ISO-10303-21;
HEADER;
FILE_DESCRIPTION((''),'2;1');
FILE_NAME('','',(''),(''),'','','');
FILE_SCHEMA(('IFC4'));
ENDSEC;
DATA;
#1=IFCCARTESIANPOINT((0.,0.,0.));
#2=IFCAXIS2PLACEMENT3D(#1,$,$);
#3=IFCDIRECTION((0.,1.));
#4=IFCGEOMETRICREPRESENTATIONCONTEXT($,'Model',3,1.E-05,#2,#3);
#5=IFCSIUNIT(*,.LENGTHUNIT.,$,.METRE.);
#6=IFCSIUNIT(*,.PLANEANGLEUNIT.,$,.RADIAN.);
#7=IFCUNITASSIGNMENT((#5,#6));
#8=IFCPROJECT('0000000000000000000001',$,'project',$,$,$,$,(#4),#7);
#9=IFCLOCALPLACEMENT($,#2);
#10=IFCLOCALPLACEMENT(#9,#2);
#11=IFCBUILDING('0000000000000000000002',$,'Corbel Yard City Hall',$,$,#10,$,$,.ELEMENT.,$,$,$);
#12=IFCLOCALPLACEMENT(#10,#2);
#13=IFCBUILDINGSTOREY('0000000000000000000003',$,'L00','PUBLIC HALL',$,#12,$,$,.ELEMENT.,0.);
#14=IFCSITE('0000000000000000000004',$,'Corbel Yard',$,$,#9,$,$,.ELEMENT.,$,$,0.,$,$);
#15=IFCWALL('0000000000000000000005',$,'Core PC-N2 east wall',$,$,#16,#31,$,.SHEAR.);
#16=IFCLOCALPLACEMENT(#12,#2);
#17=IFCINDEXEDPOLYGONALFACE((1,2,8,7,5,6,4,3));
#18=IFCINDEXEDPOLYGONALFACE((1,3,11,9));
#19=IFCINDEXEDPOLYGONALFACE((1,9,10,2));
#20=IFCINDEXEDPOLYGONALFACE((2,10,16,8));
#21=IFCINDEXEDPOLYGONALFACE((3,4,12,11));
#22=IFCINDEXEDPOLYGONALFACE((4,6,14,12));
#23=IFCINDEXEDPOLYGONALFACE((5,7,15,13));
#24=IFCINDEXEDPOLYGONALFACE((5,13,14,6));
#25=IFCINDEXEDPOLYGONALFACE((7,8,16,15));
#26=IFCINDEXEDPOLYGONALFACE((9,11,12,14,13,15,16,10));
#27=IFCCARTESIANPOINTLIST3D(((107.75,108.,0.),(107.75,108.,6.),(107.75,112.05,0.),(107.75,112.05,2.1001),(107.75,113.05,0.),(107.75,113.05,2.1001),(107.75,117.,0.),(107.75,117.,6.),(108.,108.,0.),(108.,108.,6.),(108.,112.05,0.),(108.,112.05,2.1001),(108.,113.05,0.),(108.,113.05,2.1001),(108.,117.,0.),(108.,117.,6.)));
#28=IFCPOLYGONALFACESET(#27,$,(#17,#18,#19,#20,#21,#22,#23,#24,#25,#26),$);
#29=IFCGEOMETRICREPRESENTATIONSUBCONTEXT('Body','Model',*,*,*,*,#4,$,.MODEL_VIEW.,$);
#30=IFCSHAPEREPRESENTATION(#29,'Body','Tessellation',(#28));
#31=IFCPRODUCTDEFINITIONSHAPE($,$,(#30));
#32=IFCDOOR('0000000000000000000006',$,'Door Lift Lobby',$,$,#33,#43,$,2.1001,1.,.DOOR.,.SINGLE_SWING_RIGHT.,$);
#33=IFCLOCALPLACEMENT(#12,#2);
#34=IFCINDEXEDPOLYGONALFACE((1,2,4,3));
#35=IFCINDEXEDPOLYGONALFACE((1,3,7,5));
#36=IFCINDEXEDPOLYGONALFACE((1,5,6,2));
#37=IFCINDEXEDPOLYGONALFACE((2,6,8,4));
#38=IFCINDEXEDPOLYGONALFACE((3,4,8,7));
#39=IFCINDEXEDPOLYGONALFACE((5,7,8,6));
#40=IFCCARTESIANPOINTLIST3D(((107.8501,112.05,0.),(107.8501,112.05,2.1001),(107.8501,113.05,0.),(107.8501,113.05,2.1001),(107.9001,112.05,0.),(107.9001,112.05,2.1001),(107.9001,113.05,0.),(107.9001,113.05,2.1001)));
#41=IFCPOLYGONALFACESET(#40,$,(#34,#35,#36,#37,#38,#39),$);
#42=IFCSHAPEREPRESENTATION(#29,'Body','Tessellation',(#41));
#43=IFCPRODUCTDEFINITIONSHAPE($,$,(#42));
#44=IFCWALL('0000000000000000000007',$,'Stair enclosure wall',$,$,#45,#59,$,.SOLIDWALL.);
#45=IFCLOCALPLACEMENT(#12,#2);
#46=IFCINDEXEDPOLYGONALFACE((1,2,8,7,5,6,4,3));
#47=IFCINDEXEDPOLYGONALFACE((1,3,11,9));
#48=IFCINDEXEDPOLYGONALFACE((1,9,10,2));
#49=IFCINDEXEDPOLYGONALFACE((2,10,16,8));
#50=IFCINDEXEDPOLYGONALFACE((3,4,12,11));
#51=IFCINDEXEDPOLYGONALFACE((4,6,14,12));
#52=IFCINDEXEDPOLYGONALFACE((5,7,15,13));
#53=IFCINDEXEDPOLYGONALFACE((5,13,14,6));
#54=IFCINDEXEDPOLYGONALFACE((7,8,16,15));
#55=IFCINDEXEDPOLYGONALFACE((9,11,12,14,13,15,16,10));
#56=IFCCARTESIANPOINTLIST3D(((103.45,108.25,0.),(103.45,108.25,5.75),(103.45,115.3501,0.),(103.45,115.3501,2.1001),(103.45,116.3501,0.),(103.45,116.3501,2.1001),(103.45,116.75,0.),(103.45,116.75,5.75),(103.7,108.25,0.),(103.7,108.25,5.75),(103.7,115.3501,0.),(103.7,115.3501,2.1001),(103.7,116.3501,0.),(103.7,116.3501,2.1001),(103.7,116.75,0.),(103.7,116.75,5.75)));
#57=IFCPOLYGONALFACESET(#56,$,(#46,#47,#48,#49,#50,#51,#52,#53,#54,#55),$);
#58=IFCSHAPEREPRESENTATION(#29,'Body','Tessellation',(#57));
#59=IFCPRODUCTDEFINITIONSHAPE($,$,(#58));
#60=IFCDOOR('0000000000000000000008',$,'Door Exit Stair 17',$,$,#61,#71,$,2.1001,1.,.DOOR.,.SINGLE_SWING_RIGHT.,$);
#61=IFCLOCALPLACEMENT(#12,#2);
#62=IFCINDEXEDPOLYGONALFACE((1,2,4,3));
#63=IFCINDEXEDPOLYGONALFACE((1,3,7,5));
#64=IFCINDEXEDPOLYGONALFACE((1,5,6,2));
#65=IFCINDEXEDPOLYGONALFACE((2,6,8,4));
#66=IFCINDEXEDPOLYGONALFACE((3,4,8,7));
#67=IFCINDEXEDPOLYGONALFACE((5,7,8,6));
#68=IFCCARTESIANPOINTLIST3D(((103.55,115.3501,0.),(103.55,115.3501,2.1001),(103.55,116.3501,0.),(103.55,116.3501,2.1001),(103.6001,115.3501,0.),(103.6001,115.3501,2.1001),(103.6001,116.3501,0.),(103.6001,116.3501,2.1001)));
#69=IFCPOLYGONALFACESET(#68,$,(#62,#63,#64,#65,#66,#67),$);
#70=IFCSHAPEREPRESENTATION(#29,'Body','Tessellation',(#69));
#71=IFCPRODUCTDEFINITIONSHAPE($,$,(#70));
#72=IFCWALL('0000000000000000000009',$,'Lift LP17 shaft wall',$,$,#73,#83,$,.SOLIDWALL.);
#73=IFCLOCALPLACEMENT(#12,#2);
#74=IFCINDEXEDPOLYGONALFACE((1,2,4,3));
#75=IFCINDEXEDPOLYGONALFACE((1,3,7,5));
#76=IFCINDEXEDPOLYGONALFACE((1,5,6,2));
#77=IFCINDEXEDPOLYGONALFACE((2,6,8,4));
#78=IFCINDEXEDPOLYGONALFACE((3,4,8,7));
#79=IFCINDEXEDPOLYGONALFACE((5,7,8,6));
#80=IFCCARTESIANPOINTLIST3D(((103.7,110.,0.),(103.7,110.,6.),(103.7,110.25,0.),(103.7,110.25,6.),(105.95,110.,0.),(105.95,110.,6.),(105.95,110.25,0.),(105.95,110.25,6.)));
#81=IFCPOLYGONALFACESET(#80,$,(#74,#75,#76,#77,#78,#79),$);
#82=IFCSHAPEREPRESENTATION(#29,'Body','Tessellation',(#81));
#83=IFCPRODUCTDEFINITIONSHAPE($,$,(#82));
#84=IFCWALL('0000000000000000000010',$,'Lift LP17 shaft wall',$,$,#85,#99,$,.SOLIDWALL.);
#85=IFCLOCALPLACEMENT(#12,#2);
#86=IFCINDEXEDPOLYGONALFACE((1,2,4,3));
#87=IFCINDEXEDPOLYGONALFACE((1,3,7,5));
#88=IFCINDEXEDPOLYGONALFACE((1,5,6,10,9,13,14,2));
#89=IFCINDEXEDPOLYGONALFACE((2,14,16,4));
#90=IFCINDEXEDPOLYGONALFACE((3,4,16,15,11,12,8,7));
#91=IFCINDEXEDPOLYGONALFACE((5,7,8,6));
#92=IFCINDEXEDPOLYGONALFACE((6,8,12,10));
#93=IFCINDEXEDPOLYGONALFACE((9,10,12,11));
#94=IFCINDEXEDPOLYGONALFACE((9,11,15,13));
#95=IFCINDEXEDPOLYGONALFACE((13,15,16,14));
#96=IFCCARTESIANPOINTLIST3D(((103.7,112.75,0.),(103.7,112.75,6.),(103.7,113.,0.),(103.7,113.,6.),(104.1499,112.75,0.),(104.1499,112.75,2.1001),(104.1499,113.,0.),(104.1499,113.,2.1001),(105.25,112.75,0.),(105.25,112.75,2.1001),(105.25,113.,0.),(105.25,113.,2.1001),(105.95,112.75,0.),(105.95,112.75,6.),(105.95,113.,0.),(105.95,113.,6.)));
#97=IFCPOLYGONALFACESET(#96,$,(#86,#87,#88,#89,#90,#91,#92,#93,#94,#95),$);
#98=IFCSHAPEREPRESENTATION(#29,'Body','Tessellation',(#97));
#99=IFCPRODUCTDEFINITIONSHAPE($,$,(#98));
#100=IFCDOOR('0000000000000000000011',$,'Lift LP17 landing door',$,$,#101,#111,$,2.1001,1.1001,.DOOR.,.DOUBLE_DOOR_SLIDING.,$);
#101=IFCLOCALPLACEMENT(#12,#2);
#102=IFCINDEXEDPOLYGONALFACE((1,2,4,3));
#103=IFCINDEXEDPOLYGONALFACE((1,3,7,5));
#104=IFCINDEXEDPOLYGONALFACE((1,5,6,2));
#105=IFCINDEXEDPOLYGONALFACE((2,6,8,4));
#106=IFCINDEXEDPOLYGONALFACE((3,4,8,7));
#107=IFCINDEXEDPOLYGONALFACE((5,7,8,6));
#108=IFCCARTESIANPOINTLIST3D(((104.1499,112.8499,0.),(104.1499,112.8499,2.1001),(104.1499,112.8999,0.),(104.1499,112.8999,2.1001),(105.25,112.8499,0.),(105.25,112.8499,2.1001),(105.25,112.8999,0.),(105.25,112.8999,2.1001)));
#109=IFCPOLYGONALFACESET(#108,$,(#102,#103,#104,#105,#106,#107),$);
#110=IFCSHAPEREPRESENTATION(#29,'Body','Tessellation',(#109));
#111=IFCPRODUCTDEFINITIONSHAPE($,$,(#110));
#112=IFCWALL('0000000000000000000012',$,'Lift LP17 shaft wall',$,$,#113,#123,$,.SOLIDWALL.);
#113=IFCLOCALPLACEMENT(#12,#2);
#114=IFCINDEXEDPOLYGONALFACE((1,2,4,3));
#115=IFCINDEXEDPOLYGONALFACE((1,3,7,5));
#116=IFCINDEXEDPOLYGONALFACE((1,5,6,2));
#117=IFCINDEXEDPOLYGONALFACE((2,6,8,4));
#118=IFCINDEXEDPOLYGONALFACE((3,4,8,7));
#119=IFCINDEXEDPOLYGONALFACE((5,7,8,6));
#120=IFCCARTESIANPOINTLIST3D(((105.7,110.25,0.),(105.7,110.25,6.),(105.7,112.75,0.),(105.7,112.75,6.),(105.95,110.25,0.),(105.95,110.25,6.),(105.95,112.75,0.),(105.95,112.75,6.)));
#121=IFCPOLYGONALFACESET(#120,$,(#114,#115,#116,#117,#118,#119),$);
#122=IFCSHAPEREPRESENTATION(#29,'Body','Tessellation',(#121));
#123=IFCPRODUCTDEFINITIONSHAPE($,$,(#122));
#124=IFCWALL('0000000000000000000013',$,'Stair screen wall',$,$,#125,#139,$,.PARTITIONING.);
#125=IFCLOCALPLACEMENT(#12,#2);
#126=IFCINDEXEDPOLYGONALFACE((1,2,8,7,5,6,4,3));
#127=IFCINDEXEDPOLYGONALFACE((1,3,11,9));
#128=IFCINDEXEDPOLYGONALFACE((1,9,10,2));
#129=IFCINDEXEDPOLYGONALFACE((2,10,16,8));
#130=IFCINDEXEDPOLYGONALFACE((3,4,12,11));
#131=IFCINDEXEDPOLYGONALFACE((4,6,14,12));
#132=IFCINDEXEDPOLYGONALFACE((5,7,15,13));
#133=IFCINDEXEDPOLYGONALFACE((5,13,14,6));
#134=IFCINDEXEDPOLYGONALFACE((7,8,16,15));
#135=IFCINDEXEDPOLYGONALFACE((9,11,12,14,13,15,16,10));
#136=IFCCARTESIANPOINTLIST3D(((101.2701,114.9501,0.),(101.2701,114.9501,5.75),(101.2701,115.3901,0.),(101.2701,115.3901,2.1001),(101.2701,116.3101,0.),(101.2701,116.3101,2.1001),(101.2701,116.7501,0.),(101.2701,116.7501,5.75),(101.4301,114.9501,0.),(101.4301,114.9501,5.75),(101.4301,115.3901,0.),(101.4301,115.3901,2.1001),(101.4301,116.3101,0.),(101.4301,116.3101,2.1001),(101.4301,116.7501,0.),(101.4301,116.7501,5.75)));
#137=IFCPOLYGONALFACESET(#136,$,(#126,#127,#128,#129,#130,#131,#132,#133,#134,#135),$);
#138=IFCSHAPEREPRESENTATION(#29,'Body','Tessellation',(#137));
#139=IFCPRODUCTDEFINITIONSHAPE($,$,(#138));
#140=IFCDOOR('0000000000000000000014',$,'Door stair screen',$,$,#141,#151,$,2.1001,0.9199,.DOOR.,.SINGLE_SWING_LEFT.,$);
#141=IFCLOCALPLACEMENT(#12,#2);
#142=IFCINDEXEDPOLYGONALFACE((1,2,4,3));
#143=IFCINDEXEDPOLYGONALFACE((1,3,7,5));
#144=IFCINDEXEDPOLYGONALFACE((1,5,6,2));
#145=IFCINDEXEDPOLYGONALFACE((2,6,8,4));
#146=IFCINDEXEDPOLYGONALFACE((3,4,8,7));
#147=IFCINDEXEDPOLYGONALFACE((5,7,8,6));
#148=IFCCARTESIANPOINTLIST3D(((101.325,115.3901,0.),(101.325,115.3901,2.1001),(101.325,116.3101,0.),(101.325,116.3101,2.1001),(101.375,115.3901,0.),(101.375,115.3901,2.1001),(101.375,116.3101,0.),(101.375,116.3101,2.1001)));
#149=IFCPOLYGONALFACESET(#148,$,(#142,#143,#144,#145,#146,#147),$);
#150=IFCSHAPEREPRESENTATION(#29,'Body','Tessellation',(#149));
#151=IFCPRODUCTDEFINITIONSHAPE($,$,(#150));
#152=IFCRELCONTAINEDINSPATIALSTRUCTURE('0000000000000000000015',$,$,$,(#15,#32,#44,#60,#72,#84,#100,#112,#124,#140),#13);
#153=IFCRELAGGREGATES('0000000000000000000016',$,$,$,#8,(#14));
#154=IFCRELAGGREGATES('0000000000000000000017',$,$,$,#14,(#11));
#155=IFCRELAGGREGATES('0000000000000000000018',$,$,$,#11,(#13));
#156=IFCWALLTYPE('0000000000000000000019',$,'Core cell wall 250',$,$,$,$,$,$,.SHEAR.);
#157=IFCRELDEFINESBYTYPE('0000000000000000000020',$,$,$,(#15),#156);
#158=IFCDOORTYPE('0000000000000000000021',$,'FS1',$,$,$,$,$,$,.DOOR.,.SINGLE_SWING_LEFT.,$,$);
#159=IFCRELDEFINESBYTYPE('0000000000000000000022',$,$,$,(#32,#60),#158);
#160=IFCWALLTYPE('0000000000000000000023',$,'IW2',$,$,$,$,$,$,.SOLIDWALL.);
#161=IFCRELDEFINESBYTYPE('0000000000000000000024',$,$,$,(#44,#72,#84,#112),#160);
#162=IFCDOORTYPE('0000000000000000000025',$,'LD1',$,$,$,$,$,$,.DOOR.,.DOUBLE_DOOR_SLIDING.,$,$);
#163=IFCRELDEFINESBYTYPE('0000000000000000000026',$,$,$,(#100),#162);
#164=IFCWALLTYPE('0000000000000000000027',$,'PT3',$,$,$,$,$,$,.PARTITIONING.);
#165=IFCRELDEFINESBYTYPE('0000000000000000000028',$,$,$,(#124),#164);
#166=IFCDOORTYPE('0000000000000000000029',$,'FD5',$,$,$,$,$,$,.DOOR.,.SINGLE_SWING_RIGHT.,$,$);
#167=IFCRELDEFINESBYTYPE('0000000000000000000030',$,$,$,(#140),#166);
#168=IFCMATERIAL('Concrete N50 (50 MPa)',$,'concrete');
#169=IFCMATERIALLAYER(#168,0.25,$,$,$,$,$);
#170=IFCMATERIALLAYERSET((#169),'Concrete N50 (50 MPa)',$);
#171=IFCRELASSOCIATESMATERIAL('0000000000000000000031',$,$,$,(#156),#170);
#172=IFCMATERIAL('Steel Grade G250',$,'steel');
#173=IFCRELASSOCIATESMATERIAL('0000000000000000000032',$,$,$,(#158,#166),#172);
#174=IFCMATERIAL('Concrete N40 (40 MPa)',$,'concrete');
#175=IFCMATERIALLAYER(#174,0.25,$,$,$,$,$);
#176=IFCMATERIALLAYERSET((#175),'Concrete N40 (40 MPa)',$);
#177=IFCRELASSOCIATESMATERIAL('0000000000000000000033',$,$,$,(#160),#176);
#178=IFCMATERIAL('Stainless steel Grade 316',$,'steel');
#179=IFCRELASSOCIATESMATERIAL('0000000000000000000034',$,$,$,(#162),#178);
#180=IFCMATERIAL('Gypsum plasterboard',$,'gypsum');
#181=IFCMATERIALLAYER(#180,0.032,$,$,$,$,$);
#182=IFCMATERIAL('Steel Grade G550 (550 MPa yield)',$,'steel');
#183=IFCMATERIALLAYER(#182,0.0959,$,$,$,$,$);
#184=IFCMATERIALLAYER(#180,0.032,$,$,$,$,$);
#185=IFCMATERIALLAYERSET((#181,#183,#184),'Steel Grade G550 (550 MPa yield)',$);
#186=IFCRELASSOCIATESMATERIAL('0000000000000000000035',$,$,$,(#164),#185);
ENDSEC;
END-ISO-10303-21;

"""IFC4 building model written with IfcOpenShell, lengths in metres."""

from ifc_helpers import new_model, si_unit, direction, frame, frame_2d, origin, place, context, subcontext, project, spatial, rectangle, extrude, material, layer, layer_set, type_object, element, fill, save


model = new_model("IFC4")

# Units and contexts
model_context = context("Model", 3, precision=1e-05, world=origin(), true_north=direction((0.0, 1.0)))
body_context = subcontext(model_context, "Body", "Model", "MODEL_VIEW")
ifc_project = project(units=[si_unit("LENGTHUNIT", "METRE"), si_unit("PLANEANGLEUNIT", "RADIAN")], contexts=[model_context])

# Site, building, storey
site_placement = place(None, origin())
site = spatial("IfcSite", under=ifc_project, at=site_placement, Name="Corbel Yard", CompositionType="ELEMENT", RefElevation=0.0)
building_placement = place(site_placement, origin())
building = spatial("IfcBuilding", under=site, at=building_placement, Name="Corbel Yard City Hall", CompositionType="ELEMENT")
storey_placement = place(building_placement, origin())
storey = spatial("IfcBuildingStorey", under=building, at=storey_placement, Name="L00", Description="PUBLIC HALL", CompositionType="ELEMENT", Elevation=0.0)

# Walls, openings, doors
ifc_material_1 = material(Name="Concrete N50 (50 MPa)", Category="concrete")
ifc_layer_1 = layer(ifc_material_1, 0.25)
ifc_layer_set_1 = layer_set([ifc_layer_1], Name="Concrete N50 (50 MPa)")
wall_type_1 = type_object("IfcWallType", Name="Core cell wall 250", PredefinedType="SHEAR", material=ifc_layer_set_1)
wall_1_placement = place(storey_placement, frame((107.875, 108.0, 0.0), z_axis=(0.0, 0.0, 1.0), x_axis=(0.0, 1.0, 0.0)))
wall_1 = element("IfcWall", 1, at=wall_1_placement, inside=storey, type_object=wall_type_1, Name="Core PC-N2 east wall", PredefinedType="SHEAR", context=body_context, shape_type="SweptSolid", body=[
    extrude(rectangle(XDim=9.0, YDim=0.25, at=frame_2d((4.5, 0.0))), origin(), (0.0, 0.0, 1.0), 6.0),
])
opening_1_placement = place(wall_1_placement, frame((4.05, 0.0, 0.0)))
opening_1 = element("IfcOpeningElement", 2, at=opening_1_placement, cuts=wall_1, PredefinedType="OPENING", context=body_context, shape_type="SweptSolid", body=[
    extrude(rectangle(XDim=1.0, YDim=2.1001, at=frame_2d((0.5, 1.05))), frame((0.0, 0.135, 0.0), z_axis=(0.0, -1.0, 0.0), x_axis=(1.0, 0.0, 0.0)), (0.0, 0.0, 1.0), 0.27),
])
ifc_material_2 = material(Name="Steel Grade G250", Category="steel")
door_type_1 = type_object("IfcDoorType", Name="FS1", OperationType="SINGLE_SWING_LEFT", PredefinedType="DOOR", material=ifc_material_2)
door_1_placement = place(opening_1_placement, origin())
door_1 = element("IfcDoor", 3, at=door_1_placement, inside=storey, type_object=door_type_1, Name="Door Lift Lobby", OperationType="SINGLE_SWING_RIGHT", OverallHeight=2.1001, OverallWidth=1.0, PredefinedType="DOOR", context=body_context, shape_type="SweptSolid", body=[
    extrude(rectangle(XDim=1.0, YDim=2.1001, at=frame_2d((0.5, 1.05))), frame((0.0, 0.0249, 0.0), z_axis=(0.0, -1.0, 0.0), x_axis=(1.0, 0.0, 0.0)), (0.0, 0.0, 1.0), 0.05),
])
fill(opening_1, door_1)
ifc_material_3 = material(Name="Concrete N40 (40 MPa)", Category="concrete")
ifc_layer_2 = layer(ifc_material_3, 0.25)
ifc_layer_set_2 = layer_set([ifc_layer_2], Name="Concrete N40 (40 MPa)")
wall_type_2 = type_object("IfcWallType", Name="IW2", PredefinedType="SOLIDWALL", material=ifc_layer_set_2)
wall_2_placement = place(storey_placement, frame((103.575, 116.75, 0.0), z_axis=(0.0, 0.0, 1.0), x_axis=(0.0, -1.0, 0.0)))
wall_2 = element("IfcWall", 4, at=wall_2_placement, inside=storey, type_object=wall_type_2, Name="Stair enclosure wall", PredefinedType="SOLIDWALL", context=body_context, shape_type="SweptSolid", body=[
    extrude(rectangle(XDim=8.5, YDim=0.25, at=frame_2d((4.25, 0.0))), origin(), (0.0, 0.0, 1.0), 5.75),
])
opening_2_placement = place(wall_2_placement, frame((0.3999, 0.0, 0.0)))
opening_2 = element("IfcOpeningElement", 5, at=opening_2_placement, cuts=wall_2, PredefinedType="OPENING", context=body_context, shape_type="SweptSolid", body=[
    extrude(rectangle(XDim=1.0, YDim=2.1001, at=frame_2d((0.5, 1.05))), frame((0.0, 0.135, 0.0), z_axis=(0.0, -1.0, 0.0), x_axis=(1.0, 0.0, 0.0)), (0.0, 0.0, 1.0), 0.27),
])
door_2_placement = place(opening_2_placement, frame((1.0, 0.0, 0.0), z_axis=(0.0, 0.0, 1.0), x_axis=(-1.0, 0.0, 0.0)))
door_2 = element("IfcDoor", 6, at=door_2_placement, inside=storey, type_object=door_type_1, Name="Door Exit Stair 17", OperationType="SINGLE_SWING_RIGHT", OverallHeight=2.1001, OverallWidth=1.0, PredefinedType="DOOR", context=body_context, shape_type="SweptSolid", body=[
    extrude(rectangle(XDim=1.0, YDim=2.1001, at=frame_2d((0.5, 1.05))), frame((0.0, 0.0249, 0.0), z_axis=(0.0, -1.0, 0.0), x_axis=(1.0, 0.0, 0.0)), (0.0, 0.0, 1.0), 0.05),
])
fill(opening_2, door_2)

# Wall
wall_3_placement = place(storey_placement, frame((103.7, 110.125, 0.0), z_axis=(0.0, 0.0, 1.0), x_axis=(1.0, 0.0, 0.0)))
element("IfcWall", 7, at=wall_3_placement, inside=storey, type_object=wall_type_2, Name="Lift LP17 shaft wall", PredefinedType="SOLIDWALL", context=body_context, shape_type="SweptSolid", body=[
    extrude(rectangle(XDim=2.25, YDim=0.25, at=frame_2d((1.125, 0.0))), origin(), (0.0, 0.0, 1.0), 6.0),
])

# Wall, opening, door
wall_4_placement = place(storey_placement, frame((103.7, 112.875, 0.0), z_axis=(0.0, 0.0, 1.0), x_axis=(1.0, 0.0, 0.0)))
wall_4 = element("IfcWall", 8, at=wall_4_placement, inside=storey, type_object=wall_type_2, Name="Lift LP17 shaft wall", PredefinedType="SOLIDWALL", context=body_context, shape_type="SweptSolid", body=[
    extrude(rectangle(XDim=2.25, YDim=0.25, at=frame_2d((1.125, 0.0))), origin(), (0.0, 0.0, 1.0), 6.0),
])
opening_3_placement = place(wall_4_placement, frame((0.45, 0.0, 0.0)))
opening_3 = element("IfcOpeningElement", 9, at=opening_3_placement, cuts=wall_4, PredefinedType="OPENING", context=body_context, shape_type="SweptSolid", body=[
    extrude(rectangle(XDim=1.1001, YDim=2.1001, at=frame_2d((0.55, 1.05))), frame((0.0, 0.135, 0.0), z_axis=(0.0, -1.0, 0.0), x_axis=(1.0, 0.0, 0.0)), (0.0, 0.0, 1.0), 0.27),
])
ifc_material_4 = material(Name="Stainless steel Grade 316", Category="steel")
door_type_2 = type_object("IfcDoorType", Name="LD1", OperationType="DOUBLE_DOOR_SLIDING", PredefinedType="DOOR", material=ifc_material_4)
door_3_placement = place(opening_3_placement, origin())
door_3 = element("IfcDoor", 10, at=door_3_placement, inside=storey, type_object=door_type_2, Name="Lift LP17 landing door", OperationType="DOUBLE_DOOR_SLIDING", OverallHeight=2.1001, OverallWidth=1.1001, PredefinedType="DOOR", context=body_context, shape_type="SweptSolid", body=[
    extrude(rectangle(XDim=1.1001, YDim=2.1001, at=frame_2d((0.55, 1.05))), frame((0.0, 0.0249, 0.0), z_axis=(0.0, -1.0, 0.0), x_axis=(1.0, 0.0, 0.0)), (0.0, 0.0, 1.0), 0.05),
])
fill(opening_3, door_3)

# Wall
wall_5_placement = place(storey_placement, frame((105.825, 110.25, 0.0), z_axis=(0.0, 0.0, 1.0), x_axis=(0.0, 1.0, 0.0)))
element("IfcWall", 11, at=wall_5_placement, inside=storey, type_object=wall_type_2, Name="Lift LP17 shaft wall", PredefinedType="SOLIDWALL", context=body_context, shape_type="SweptSolid", body=[
    extrude(rectangle(XDim=2.5, YDim=0.25, at=frame_2d((1.25, 0.0))), origin(), (0.0, 0.0, 1.0), 6.0),
])

# Wall, opening, door
ifc_material_5 = material(Name="Gypsum plasterboard", Category="gypsum")
ifc_layer_3 = layer(ifc_material_5, 0.032)
ifc_material_6 = material(Name="Steel Grade G550 (550 MPa yield)", Category="steel")
ifc_layer_4 = layer(ifc_material_6, 0.0959)
ifc_layer_5 = layer(ifc_material_5, 0.032)
ifc_layer_set_3 = layer_set([ifc_layer_3, ifc_layer_4, ifc_layer_5], Name="Steel Grade G550 (550 MPa yield)")
wall_type_3 = type_object("IfcWallType", Name="PT3", PredefinedType="PARTITIONING", material=ifc_layer_set_3)
wall_6_placement = place(storey_placement, frame((101.3501, 116.75, 0.0), z_axis=(0.0, 0.0, 1.0), x_axis=(0.0, -1.0, 0.0)))
wall_6 = element("IfcWall", 12, at=wall_6_placement, inside=storey, type_object=wall_type_3, Name="Stair screen wall", PredefinedType="PARTITIONING", context=body_context, shape_type="SweptSolid", body=[
    extrude(rectangle(XDim=1.8, YDim=0.1599, at=frame_2d((0.8999, 0.0))), origin(), (0.0, 0.0, 1.0), 5.75),
])
opening_4_placement = place(wall_6_placement, frame((0.4399, 0.0, 0.0)))
opening_4 = element("IfcOpeningElement", 13, at=opening_4_placement, cuts=wall_6, PredefinedType="OPENING", context=body_context, shape_type="SweptSolid", body=[
    extrude(rectangle(XDim=0.9199, YDim=2.1001, at=frame_2d((0.46, 1.05))), frame((0.0, 0.0898, 0.0), z_axis=(0.0, -1.0, 0.0), x_axis=(1.0, 0.0, 0.0)), (0.0, 0.0, 1.0), 0.1799),
])
door_type_3 = type_object("IfcDoorType", Name="FD5", OperationType="SINGLE_SWING_RIGHT", PredefinedType="DOOR", material=ifc_material_2)
door_4_placement = place(opening_4_placement, origin())
door_4 = element("IfcDoor", 14, at=door_4_placement, inside=storey, type_object=door_type_3, Name="Door stair screen", OperationType="SINGLE_SWING_LEFT", OverallHeight=2.1001, OverallWidth=0.9199, PredefinedType="DOOR", context=body_context, shape_type="SweptSolid", body=[
    extrude(rectangle(XDim=0.9199, YDim=2.1001, at=frame_2d((0.46, 1.05))), frame((0.0, 0.0249, 0.0), z_axis=(0.0, -1.0, 0.0), x_axis=(1.0, 0.0, 0.0)), (0.0, 0.0, 1.0), 0.05),
])
fill(opening_4, door_4)

save(model, "model.ifc")
